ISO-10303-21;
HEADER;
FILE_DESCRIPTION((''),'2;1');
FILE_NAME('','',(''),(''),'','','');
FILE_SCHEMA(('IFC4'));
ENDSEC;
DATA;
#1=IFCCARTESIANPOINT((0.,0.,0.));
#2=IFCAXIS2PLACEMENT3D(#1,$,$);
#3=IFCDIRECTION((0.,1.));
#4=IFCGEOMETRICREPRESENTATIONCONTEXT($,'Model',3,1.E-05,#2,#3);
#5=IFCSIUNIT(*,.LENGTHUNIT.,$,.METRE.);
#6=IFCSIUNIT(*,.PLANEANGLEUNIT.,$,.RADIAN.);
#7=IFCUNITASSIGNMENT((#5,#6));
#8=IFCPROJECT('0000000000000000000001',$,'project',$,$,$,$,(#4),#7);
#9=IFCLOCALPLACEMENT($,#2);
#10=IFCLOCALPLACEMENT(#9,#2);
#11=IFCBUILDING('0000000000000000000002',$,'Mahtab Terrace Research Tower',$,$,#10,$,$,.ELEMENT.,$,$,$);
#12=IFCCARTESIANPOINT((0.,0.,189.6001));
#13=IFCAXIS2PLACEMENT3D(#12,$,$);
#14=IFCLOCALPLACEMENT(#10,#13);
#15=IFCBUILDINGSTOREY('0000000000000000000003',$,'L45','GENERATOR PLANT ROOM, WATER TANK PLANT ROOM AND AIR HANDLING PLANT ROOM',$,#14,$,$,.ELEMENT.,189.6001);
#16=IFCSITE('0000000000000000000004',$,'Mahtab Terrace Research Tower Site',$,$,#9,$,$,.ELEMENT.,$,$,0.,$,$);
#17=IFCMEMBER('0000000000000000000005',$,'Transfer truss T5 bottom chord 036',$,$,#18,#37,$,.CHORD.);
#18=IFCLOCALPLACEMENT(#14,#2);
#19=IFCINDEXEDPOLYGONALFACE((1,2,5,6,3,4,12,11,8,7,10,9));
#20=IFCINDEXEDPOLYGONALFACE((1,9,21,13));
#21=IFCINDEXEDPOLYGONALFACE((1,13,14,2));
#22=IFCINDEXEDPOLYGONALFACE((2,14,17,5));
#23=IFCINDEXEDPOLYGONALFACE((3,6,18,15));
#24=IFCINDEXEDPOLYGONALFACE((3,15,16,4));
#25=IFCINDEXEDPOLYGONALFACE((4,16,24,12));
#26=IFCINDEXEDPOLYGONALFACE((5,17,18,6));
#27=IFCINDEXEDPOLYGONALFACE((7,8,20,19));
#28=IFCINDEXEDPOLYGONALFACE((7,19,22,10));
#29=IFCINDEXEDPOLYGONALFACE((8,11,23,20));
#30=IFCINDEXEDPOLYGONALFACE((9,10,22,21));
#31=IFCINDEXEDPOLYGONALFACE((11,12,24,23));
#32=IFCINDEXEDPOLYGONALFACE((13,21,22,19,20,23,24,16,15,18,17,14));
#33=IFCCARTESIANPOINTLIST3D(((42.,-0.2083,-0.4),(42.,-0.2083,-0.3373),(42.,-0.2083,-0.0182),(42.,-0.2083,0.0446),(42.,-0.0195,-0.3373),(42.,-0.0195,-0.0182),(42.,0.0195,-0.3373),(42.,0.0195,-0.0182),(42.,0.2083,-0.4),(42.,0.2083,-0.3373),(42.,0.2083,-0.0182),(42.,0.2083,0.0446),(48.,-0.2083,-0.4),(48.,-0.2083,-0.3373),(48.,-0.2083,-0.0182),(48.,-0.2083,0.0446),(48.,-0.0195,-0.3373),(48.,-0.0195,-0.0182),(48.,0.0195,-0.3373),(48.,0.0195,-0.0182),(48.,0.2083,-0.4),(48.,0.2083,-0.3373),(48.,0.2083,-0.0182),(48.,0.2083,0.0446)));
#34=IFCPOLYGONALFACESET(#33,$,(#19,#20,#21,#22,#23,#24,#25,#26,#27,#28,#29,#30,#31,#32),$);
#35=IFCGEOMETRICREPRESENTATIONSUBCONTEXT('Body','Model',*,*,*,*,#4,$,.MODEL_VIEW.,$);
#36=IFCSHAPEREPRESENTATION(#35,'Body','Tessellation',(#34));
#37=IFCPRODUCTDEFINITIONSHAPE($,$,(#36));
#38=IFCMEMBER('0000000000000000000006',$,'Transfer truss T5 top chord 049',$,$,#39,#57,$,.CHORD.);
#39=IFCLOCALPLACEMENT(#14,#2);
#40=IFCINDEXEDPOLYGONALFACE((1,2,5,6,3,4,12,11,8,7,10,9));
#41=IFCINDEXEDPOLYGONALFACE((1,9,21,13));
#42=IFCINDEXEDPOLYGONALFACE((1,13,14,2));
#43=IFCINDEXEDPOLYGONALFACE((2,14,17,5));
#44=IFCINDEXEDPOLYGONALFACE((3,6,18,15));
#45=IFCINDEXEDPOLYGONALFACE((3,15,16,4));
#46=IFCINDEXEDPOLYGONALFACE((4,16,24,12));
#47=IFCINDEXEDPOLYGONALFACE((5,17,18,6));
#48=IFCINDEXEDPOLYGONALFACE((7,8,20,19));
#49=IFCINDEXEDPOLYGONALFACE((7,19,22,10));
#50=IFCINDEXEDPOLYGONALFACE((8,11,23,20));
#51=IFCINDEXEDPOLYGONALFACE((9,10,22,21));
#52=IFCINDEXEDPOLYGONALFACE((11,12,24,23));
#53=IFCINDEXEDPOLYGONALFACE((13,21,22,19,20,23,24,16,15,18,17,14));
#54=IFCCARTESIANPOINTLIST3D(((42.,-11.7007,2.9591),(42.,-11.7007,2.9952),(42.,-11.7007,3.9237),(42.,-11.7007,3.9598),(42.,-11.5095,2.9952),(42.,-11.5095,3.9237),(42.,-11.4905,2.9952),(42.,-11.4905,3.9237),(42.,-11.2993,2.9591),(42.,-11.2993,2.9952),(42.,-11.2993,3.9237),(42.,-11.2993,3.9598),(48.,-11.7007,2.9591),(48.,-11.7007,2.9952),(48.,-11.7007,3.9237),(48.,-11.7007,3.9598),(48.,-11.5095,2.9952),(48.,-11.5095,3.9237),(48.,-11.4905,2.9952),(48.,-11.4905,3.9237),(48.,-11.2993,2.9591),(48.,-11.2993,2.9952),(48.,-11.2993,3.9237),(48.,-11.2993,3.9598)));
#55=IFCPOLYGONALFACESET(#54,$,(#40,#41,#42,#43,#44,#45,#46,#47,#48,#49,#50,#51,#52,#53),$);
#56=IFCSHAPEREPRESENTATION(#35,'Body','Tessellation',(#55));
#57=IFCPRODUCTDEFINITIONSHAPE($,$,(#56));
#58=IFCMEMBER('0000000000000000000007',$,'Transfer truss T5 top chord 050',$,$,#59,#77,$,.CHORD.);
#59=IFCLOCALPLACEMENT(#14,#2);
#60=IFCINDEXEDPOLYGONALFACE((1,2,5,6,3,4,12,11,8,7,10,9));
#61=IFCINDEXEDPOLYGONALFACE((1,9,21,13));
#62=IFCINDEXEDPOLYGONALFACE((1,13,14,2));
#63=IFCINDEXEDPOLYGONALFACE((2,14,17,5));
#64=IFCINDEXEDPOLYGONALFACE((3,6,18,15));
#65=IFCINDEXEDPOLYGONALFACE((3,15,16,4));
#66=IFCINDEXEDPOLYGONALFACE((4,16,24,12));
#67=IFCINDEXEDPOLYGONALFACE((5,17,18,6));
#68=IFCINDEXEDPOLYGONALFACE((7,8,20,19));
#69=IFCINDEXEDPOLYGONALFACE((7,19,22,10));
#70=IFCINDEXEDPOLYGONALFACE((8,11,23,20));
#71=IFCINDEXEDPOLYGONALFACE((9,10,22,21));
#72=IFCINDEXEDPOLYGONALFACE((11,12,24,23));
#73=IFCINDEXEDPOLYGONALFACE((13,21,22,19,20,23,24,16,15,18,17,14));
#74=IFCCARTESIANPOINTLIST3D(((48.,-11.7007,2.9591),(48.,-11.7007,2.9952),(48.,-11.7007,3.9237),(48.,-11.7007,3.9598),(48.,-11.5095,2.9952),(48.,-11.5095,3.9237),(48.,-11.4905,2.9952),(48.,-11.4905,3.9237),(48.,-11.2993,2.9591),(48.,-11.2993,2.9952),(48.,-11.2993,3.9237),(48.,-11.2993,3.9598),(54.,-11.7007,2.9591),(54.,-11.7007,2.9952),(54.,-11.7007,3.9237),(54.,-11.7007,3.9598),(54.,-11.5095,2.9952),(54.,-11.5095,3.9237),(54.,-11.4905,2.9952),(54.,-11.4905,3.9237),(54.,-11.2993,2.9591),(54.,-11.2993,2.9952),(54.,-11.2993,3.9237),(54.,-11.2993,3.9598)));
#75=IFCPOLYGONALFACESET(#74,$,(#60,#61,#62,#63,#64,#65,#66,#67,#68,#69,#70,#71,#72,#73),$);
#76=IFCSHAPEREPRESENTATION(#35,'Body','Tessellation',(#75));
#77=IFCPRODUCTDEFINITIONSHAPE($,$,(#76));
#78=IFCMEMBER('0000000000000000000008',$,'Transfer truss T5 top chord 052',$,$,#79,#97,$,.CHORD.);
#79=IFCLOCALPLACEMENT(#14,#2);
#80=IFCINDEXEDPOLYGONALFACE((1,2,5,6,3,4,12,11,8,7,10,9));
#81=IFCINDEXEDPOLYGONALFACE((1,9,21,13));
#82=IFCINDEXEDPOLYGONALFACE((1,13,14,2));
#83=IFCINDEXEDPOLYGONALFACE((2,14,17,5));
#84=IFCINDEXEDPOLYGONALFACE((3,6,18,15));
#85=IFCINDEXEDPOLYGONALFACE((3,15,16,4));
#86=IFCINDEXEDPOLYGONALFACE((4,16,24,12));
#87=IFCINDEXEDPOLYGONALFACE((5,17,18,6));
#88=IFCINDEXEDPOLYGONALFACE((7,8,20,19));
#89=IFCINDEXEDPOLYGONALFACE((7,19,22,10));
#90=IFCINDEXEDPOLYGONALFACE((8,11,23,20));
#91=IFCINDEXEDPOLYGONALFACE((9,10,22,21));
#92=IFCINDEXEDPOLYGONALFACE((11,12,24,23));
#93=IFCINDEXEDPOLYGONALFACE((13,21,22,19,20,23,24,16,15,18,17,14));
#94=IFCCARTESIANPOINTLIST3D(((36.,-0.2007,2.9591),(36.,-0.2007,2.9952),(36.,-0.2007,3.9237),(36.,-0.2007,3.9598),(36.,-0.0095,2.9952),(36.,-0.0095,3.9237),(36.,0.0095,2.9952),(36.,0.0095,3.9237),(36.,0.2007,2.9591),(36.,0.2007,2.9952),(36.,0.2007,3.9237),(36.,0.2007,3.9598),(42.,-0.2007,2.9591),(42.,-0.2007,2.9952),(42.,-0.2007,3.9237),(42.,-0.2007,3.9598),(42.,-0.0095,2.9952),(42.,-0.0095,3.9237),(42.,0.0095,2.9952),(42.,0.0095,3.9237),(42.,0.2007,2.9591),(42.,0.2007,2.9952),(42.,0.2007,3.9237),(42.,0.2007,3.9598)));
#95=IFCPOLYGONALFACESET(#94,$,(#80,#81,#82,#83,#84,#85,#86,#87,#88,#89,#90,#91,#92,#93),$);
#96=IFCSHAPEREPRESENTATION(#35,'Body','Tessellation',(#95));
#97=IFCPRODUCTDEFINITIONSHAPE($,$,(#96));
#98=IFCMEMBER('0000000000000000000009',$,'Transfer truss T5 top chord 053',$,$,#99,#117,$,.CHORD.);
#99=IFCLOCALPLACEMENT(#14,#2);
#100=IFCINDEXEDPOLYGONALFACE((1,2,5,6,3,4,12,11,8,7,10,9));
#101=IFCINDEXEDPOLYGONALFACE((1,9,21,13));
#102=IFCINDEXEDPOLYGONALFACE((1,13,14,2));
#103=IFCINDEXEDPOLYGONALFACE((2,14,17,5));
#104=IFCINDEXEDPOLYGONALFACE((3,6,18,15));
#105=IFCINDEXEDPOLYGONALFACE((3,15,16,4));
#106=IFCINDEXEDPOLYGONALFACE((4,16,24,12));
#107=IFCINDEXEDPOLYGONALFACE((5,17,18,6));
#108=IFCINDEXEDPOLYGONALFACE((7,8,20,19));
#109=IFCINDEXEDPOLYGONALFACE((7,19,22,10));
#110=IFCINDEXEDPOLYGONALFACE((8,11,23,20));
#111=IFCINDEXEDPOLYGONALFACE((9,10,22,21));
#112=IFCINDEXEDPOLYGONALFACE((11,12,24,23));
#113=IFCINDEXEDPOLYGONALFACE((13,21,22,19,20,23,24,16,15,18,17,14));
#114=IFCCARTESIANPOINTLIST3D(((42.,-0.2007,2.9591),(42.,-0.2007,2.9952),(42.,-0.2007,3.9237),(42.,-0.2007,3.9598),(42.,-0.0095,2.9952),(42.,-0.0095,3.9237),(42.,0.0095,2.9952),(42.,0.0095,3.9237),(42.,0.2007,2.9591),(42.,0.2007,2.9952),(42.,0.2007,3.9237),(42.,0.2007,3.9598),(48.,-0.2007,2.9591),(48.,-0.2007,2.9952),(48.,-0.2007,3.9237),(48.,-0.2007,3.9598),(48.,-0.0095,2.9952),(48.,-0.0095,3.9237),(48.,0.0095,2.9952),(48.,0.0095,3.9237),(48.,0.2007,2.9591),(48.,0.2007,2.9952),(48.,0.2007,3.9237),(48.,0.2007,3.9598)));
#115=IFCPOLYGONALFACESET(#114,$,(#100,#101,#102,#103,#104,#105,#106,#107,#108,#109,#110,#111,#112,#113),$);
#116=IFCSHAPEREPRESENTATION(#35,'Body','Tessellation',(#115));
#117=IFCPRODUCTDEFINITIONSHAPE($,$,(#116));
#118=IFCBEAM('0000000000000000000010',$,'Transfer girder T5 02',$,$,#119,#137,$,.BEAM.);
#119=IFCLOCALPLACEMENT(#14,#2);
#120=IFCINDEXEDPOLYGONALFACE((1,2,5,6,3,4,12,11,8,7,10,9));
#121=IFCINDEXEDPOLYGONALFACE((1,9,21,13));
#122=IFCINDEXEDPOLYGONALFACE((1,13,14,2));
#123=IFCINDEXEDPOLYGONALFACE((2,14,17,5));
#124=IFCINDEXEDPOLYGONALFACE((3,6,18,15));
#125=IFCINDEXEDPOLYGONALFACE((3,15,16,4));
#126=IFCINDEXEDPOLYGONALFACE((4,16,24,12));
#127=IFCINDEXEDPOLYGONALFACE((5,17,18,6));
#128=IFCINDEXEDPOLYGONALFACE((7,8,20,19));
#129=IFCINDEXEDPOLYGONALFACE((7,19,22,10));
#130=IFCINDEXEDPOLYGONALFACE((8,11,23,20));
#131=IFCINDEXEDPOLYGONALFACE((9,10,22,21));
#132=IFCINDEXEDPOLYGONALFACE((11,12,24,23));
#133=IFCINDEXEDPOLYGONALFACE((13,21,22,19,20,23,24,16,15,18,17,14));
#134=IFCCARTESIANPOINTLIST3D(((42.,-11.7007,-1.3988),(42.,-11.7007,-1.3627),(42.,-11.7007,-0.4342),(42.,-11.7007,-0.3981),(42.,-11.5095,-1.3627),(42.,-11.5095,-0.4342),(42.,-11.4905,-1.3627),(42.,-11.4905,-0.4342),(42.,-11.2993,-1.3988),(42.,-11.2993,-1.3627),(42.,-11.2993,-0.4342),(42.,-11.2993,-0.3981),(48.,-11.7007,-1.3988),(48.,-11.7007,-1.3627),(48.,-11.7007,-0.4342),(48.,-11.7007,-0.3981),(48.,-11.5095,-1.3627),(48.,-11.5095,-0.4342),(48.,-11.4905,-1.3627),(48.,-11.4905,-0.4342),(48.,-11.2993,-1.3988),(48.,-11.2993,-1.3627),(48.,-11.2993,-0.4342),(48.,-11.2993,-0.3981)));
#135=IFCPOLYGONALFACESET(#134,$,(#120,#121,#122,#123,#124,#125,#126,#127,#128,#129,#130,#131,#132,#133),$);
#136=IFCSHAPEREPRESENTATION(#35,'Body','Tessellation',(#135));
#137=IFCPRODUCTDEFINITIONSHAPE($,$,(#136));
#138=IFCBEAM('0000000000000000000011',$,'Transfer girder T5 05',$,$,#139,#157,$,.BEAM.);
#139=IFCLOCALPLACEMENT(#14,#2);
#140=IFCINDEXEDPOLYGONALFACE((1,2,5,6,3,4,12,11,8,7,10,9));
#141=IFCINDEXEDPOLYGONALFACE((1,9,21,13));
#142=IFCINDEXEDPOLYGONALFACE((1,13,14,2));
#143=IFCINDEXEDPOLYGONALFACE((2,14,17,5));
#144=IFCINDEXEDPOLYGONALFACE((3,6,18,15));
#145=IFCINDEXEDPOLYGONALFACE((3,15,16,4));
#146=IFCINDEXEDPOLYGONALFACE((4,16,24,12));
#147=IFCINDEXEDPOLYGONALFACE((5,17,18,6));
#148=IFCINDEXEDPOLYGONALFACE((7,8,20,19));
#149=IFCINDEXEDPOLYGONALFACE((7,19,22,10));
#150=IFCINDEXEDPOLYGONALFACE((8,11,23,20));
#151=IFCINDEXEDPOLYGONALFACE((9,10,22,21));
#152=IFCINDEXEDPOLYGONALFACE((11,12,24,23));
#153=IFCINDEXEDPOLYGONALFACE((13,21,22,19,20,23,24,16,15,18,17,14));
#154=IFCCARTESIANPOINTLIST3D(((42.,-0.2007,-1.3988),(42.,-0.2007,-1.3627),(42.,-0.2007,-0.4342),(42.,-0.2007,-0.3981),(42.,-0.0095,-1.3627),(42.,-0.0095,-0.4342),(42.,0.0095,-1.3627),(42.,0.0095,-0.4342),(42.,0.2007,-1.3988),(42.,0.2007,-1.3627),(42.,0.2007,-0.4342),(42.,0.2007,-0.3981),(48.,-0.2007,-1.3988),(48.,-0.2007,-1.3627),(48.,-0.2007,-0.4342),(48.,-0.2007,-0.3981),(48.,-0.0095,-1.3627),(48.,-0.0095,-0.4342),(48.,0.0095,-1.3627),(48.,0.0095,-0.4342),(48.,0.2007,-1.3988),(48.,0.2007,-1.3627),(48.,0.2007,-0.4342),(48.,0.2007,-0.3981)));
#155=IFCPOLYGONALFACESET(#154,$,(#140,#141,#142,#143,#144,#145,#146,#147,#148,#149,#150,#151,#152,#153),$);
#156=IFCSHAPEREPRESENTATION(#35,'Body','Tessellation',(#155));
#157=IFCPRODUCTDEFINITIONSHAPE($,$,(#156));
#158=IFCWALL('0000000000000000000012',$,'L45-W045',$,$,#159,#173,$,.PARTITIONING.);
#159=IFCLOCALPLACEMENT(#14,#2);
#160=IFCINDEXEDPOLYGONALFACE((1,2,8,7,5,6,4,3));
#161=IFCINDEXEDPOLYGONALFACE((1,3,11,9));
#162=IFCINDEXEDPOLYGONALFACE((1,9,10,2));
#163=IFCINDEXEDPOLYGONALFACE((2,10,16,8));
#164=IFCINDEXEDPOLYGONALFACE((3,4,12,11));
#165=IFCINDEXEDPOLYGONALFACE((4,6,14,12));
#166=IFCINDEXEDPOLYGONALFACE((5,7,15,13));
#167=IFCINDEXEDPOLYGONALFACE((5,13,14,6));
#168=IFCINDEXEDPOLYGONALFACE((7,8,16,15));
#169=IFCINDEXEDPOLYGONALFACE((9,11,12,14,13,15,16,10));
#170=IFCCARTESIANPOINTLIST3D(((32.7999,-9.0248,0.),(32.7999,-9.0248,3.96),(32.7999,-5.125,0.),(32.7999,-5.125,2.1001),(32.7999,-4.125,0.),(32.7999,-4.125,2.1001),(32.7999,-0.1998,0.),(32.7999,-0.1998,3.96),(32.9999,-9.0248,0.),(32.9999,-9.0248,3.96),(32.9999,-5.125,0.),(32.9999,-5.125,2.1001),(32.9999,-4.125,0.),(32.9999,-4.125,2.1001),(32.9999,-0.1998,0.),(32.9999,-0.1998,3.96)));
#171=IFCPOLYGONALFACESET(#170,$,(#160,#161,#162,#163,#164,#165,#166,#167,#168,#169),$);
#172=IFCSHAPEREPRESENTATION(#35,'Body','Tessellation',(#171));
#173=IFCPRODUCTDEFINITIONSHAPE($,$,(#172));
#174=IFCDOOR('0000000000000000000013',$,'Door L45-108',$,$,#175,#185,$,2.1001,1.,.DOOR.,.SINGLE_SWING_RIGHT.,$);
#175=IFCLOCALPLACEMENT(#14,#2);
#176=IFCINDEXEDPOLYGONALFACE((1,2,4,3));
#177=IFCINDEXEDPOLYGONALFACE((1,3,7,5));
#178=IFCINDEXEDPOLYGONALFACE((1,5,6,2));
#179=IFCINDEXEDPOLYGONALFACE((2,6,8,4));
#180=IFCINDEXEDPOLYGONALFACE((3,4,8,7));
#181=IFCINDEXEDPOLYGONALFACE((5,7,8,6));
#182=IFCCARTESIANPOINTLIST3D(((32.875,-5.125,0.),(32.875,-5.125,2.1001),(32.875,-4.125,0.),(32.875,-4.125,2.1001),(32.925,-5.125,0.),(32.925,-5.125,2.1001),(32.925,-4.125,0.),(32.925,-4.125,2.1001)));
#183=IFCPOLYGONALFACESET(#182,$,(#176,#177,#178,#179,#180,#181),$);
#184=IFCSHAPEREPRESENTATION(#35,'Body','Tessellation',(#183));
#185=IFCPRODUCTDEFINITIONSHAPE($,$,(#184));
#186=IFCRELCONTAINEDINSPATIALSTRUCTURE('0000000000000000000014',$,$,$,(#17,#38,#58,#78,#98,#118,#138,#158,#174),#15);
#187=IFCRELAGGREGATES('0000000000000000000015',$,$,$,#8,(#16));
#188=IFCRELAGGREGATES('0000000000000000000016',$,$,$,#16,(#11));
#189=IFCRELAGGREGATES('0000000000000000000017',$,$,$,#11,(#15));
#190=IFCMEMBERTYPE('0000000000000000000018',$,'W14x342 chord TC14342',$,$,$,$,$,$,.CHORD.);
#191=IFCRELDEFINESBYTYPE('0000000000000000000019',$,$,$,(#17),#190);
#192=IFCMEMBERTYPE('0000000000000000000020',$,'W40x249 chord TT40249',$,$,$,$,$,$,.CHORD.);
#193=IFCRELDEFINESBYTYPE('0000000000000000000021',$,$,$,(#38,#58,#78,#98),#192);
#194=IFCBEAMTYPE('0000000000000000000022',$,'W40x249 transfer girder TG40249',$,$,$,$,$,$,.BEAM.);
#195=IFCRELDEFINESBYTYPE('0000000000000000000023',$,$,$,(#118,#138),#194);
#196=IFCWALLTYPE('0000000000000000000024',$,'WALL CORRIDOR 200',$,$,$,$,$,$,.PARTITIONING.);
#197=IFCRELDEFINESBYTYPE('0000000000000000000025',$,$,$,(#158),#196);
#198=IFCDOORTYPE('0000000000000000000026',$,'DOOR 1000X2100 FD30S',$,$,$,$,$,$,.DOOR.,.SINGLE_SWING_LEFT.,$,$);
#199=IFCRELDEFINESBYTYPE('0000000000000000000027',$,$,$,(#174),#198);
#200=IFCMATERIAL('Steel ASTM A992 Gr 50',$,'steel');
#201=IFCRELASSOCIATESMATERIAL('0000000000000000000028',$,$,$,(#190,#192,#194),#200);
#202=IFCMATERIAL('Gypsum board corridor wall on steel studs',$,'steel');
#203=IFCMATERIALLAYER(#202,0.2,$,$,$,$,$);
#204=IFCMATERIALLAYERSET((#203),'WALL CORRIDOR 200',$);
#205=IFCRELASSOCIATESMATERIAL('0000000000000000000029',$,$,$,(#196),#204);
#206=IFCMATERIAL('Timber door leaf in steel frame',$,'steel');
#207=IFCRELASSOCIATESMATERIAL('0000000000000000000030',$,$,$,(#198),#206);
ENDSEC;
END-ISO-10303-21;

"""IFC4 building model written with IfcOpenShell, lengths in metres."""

from ifc_helpers import new_model, si_unit, direction, frame, frame_2d, origin, origin_2d, place, context, subcontext, project, spatial, rectangle, i_section, extrude, material, layer, layer_set, material_profile, profile_set, type_object, element, fill, save


model = new_model("IFC4")

# Units and contexts
model_context = context("Model", 3, precision=1e-05, world=origin(), true_north=direction((0.0, 1.0)))
body_context = subcontext(model_context, "Body", "Model", "MODEL_VIEW")
ifc_project = project(units=[si_unit("LENGTHUNIT", "METRE"), si_unit("PLANEANGLEUNIT", "RADIAN")], contexts=[model_context])

# Site, building, storey
site_placement = place(None, origin())
site = spatial("IfcSite", under=ifc_project, at=site_placement, Name="Mahtab Terrace Research Tower Site", CompositionType="ELEMENT", RefElevation=0.0)
building_placement = place(site_placement, origin())
building = spatial("IfcBuilding", under=site, at=building_placement, Name="Mahtab Terrace Research Tower", CompositionType="ELEMENT")
storey_placement = place(building_placement, frame((0.0, 0.0, 189.6001)))
storey = spatial("IfcBuildingStorey", under=building, at=storey_placement, Name="L45", Description="GENERATOR PLANT ROOM, WATER TANK PLANT ROOM AND AIR HANDLING PLANT ROOM", CompositionType="ELEMENT", Elevation=189.6001)

# Members
ifc_material_1 = material(Name="Steel ASTM A992 Gr 50", Category="steel")
ifc_material_profile_1 = material_profile(ifc_material_1, i_section(OverallWidth=0.4165, OverallDepth=0.4446, WebThickness=0.0391, FlangeThickness=0.0627, at=origin_2d()), Name="W14X342")
ifc_profile_set_1 = profile_set([ifc_material_profile_1], Name="Steel ASTM A992 Gr 50")
member_type_1 = type_object("IfcMemberType", Name="W14x342 chord TC14342", PredefinedType="CHORD", material=ifc_profile_set_1)
for number, where, z_axis, x_axis, name in (
    (1, (42.0, 0.0, -0.1777), (1.0, 0.0, 0.0), (0.0, 1.0, 0.0), "Transfer truss T5 bottom chord 036"),
):
    element("IfcMember", number, at=place(storey_placement, frame(where, z_axis=z_axis, x_axis=x_axis)), inside=storey, type_object=member_type_1, Name=name, PredefinedType="CHORD", context=body_context, shape_type="SweptSolid", body=[
        extrude(i_section(OverallWidth=0.4165, OverallDepth=0.4446, WebThickness=0.0391, FlangeThickness=0.0627, at=origin_2d()), origin(), (0.0, 0.0, 1.0), 6.0),
    ])
ifc_material_profile_2 = material_profile(ifc_material_1, i_section(OverallWidth=0.4014, OverallDepth=1.0007, WebThickness=0.019, FlangeThickness=0.0361, at=origin_2d()), Name="W40X249")
ifc_profile_set_2 = profile_set([ifc_material_profile_2], Name="Steel ASTM A992 Gr 50")
member_type_2 = type_object("IfcMemberType", Name="W40x249 chord TT40249", PredefinedType="CHORD", material=ifc_profile_set_2)
for number, where, z_axis, x_axis, name in (
    (2, (42.0, -11.5, 3.4595), (1.0, 0.0, 0.0), (0.0, 1.0, 0.0), "Transfer truss T5 top chord 049"),
    (3, (48.0, -11.5, 3.4595), (1.0, 0.0, 0.0), (0.0, 1.0, 0.0), "Transfer truss T5 top chord 050"),
    (4, (36.0, 0.0, 3.4595), (1.0, 0.0, 0.0), (0.0, 1.0, 0.0), "Transfer truss T5 top chord 052"),
    (5, (42.0, 0.0, 3.4595), (1.0, 0.0, 0.0), (0.0, 1.0, 0.0), "Transfer truss T5 top chord 053"),
):
    element("IfcMember", number, at=place(storey_placement, frame(where, z_axis=z_axis, x_axis=x_axis)), inside=storey, type_object=member_type_2, Name=name, PredefinedType="CHORD", context=body_context, shape_type="SweptSolid", body=[
        extrude(i_section(OverallWidth=0.4014, OverallDepth=1.0007, WebThickness=0.019, FlangeThickness=0.0361, at=origin_2d()), origin(), (0.0, 0.0, 1.0), 6.0),
    ])

# Beams
ifc_material_profile_3 = material_profile(ifc_material_1, i_section(OverallWidth=0.4014, OverallDepth=1.0007, WebThickness=0.019, FlangeThickness=0.0361, at=origin_2d()), Name="W40X249")
ifc_profile_set_3 = profile_set([ifc_material_profile_3], Name="Steel ASTM A992 Gr 50")
beam_type = type_object("IfcBeamType", Name="W40x249 transfer girder TG40249", PredefinedType="BEAM", material=ifc_profile_set_3)
for number, where, z_axis, x_axis, name in (
    (6, (42.0, -11.5, -0.8984), (1.0, 0.0, 0.0), (0.0, 1.0, 0.0), "Transfer girder T5 02"),
    (7, (42.0, 0.0, -0.8984), (1.0, 0.0, 0.0), (0.0, 1.0, 0.0), "Transfer girder T5 05"),
):
    element("IfcBeam", number, at=place(storey_placement, frame(where, z_axis=z_axis, x_axis=x_axis)), inside=storey, type_object=beam_type, Name=name, PredefinedType="BEAM", context=body_context, shape_type="SweptSolid", body=[
        extrude(i_section(OverallWidth=0.4014, OverallDepth=1.0007, WebThickness=0.019, FlangeThickness=0.0361, at=origin_2d()), origin(), (0.0, 0.0, 1.0), 6.0),
    ])

# Wall, opening, door
ifc_material_2 = material(Name="Gypsum board corridor wall on steel studs", Category="steel")
ifc_layer_1 = layer(ifc_material_2, 0.2)
ifc_layer_set_1 = layer_set([ifc_layer_1], Name="WALL CORRIDOR 200")
wall_type_1 = type_object("IfcWallType", Name="WALL CORRIDOR 200", PredefinedType="PARTITIONING", material=ifc_layer_set_1)
wall_1_placement = place(storey_placement, frame((32.8999, -9.0249, 0.0), z_axis=(0.0, 0.0, 1.0), x_axis=(0.0, 1.0, 0.0)))
wall_1 = element("IfcWall", 8, at=wall_1_placement, inside=storey, type_object=wall_type_1, Name="L45-W045", PredefinedType="PARTITIONING", context=body_context, shape_type="SweptSolid", body=[
    extrude(rectangle(XDim=8.825, YDim=0.2, at=frame_2d((4.4126, 0.0))), origin(), (0.0, 0.0, 1.0), 3.96),
])
opening_placement = place(wall_1_placement, frame((3.8999, 0.0, 0.0)))
opening = element("IfcOpeningElement", 9, at=opening_placement, cuts=wall_1, PredefinedType="OPENING", context=body_context, shape_type="SweptSolid", body=[
    extrude(rectangle(XDim=1.0, YDim=2.1001, at=frame_2d((0.5, 1.05))), frame((0.0, 0.1099, 0.0), z_axis=(0.0, -1.0, 0.0), x_axis=(1.0, 0.0, 0.0)), (0.0, 0.0, 1.0), 0.22),
])
ifc_material_3 = material(Name="Timber door leaf in steel frame", Category="steel")
door_type = type_object("IfcDoorType", Name="DOOR 1000X2100 FD30S", OperationType="SINGLE_SWING_LEFT", PredefinedType="DOOR", material=ifc_material_3)
door_placement = place(opening_placement, origin())
door = element("IfcDoor", 10, at=door_placement, inside=storey, type_object=door_type, Name="Door L45-108", OperationType="SINGLE_SWING_RIGHT", OverallHeight=2.1001, OverallWidth=1.0, PredefinedType="DOOR", context=body_context, shape_type="SweptSolid", body=[
    extrude(rectangle(XDim=1.0, YDim=2.1001, at=frame_2d((0.5, 1.05))), frame((0.0, 0.0249, 0.0), z_axis=(0.0, -1.0, 0.0), x_axis=(1.0, 0.0, 0.0)), (0.0, 0.0, 1.0), 0.05),
])
fill(opening, door)

save(model, "model.ifc")
